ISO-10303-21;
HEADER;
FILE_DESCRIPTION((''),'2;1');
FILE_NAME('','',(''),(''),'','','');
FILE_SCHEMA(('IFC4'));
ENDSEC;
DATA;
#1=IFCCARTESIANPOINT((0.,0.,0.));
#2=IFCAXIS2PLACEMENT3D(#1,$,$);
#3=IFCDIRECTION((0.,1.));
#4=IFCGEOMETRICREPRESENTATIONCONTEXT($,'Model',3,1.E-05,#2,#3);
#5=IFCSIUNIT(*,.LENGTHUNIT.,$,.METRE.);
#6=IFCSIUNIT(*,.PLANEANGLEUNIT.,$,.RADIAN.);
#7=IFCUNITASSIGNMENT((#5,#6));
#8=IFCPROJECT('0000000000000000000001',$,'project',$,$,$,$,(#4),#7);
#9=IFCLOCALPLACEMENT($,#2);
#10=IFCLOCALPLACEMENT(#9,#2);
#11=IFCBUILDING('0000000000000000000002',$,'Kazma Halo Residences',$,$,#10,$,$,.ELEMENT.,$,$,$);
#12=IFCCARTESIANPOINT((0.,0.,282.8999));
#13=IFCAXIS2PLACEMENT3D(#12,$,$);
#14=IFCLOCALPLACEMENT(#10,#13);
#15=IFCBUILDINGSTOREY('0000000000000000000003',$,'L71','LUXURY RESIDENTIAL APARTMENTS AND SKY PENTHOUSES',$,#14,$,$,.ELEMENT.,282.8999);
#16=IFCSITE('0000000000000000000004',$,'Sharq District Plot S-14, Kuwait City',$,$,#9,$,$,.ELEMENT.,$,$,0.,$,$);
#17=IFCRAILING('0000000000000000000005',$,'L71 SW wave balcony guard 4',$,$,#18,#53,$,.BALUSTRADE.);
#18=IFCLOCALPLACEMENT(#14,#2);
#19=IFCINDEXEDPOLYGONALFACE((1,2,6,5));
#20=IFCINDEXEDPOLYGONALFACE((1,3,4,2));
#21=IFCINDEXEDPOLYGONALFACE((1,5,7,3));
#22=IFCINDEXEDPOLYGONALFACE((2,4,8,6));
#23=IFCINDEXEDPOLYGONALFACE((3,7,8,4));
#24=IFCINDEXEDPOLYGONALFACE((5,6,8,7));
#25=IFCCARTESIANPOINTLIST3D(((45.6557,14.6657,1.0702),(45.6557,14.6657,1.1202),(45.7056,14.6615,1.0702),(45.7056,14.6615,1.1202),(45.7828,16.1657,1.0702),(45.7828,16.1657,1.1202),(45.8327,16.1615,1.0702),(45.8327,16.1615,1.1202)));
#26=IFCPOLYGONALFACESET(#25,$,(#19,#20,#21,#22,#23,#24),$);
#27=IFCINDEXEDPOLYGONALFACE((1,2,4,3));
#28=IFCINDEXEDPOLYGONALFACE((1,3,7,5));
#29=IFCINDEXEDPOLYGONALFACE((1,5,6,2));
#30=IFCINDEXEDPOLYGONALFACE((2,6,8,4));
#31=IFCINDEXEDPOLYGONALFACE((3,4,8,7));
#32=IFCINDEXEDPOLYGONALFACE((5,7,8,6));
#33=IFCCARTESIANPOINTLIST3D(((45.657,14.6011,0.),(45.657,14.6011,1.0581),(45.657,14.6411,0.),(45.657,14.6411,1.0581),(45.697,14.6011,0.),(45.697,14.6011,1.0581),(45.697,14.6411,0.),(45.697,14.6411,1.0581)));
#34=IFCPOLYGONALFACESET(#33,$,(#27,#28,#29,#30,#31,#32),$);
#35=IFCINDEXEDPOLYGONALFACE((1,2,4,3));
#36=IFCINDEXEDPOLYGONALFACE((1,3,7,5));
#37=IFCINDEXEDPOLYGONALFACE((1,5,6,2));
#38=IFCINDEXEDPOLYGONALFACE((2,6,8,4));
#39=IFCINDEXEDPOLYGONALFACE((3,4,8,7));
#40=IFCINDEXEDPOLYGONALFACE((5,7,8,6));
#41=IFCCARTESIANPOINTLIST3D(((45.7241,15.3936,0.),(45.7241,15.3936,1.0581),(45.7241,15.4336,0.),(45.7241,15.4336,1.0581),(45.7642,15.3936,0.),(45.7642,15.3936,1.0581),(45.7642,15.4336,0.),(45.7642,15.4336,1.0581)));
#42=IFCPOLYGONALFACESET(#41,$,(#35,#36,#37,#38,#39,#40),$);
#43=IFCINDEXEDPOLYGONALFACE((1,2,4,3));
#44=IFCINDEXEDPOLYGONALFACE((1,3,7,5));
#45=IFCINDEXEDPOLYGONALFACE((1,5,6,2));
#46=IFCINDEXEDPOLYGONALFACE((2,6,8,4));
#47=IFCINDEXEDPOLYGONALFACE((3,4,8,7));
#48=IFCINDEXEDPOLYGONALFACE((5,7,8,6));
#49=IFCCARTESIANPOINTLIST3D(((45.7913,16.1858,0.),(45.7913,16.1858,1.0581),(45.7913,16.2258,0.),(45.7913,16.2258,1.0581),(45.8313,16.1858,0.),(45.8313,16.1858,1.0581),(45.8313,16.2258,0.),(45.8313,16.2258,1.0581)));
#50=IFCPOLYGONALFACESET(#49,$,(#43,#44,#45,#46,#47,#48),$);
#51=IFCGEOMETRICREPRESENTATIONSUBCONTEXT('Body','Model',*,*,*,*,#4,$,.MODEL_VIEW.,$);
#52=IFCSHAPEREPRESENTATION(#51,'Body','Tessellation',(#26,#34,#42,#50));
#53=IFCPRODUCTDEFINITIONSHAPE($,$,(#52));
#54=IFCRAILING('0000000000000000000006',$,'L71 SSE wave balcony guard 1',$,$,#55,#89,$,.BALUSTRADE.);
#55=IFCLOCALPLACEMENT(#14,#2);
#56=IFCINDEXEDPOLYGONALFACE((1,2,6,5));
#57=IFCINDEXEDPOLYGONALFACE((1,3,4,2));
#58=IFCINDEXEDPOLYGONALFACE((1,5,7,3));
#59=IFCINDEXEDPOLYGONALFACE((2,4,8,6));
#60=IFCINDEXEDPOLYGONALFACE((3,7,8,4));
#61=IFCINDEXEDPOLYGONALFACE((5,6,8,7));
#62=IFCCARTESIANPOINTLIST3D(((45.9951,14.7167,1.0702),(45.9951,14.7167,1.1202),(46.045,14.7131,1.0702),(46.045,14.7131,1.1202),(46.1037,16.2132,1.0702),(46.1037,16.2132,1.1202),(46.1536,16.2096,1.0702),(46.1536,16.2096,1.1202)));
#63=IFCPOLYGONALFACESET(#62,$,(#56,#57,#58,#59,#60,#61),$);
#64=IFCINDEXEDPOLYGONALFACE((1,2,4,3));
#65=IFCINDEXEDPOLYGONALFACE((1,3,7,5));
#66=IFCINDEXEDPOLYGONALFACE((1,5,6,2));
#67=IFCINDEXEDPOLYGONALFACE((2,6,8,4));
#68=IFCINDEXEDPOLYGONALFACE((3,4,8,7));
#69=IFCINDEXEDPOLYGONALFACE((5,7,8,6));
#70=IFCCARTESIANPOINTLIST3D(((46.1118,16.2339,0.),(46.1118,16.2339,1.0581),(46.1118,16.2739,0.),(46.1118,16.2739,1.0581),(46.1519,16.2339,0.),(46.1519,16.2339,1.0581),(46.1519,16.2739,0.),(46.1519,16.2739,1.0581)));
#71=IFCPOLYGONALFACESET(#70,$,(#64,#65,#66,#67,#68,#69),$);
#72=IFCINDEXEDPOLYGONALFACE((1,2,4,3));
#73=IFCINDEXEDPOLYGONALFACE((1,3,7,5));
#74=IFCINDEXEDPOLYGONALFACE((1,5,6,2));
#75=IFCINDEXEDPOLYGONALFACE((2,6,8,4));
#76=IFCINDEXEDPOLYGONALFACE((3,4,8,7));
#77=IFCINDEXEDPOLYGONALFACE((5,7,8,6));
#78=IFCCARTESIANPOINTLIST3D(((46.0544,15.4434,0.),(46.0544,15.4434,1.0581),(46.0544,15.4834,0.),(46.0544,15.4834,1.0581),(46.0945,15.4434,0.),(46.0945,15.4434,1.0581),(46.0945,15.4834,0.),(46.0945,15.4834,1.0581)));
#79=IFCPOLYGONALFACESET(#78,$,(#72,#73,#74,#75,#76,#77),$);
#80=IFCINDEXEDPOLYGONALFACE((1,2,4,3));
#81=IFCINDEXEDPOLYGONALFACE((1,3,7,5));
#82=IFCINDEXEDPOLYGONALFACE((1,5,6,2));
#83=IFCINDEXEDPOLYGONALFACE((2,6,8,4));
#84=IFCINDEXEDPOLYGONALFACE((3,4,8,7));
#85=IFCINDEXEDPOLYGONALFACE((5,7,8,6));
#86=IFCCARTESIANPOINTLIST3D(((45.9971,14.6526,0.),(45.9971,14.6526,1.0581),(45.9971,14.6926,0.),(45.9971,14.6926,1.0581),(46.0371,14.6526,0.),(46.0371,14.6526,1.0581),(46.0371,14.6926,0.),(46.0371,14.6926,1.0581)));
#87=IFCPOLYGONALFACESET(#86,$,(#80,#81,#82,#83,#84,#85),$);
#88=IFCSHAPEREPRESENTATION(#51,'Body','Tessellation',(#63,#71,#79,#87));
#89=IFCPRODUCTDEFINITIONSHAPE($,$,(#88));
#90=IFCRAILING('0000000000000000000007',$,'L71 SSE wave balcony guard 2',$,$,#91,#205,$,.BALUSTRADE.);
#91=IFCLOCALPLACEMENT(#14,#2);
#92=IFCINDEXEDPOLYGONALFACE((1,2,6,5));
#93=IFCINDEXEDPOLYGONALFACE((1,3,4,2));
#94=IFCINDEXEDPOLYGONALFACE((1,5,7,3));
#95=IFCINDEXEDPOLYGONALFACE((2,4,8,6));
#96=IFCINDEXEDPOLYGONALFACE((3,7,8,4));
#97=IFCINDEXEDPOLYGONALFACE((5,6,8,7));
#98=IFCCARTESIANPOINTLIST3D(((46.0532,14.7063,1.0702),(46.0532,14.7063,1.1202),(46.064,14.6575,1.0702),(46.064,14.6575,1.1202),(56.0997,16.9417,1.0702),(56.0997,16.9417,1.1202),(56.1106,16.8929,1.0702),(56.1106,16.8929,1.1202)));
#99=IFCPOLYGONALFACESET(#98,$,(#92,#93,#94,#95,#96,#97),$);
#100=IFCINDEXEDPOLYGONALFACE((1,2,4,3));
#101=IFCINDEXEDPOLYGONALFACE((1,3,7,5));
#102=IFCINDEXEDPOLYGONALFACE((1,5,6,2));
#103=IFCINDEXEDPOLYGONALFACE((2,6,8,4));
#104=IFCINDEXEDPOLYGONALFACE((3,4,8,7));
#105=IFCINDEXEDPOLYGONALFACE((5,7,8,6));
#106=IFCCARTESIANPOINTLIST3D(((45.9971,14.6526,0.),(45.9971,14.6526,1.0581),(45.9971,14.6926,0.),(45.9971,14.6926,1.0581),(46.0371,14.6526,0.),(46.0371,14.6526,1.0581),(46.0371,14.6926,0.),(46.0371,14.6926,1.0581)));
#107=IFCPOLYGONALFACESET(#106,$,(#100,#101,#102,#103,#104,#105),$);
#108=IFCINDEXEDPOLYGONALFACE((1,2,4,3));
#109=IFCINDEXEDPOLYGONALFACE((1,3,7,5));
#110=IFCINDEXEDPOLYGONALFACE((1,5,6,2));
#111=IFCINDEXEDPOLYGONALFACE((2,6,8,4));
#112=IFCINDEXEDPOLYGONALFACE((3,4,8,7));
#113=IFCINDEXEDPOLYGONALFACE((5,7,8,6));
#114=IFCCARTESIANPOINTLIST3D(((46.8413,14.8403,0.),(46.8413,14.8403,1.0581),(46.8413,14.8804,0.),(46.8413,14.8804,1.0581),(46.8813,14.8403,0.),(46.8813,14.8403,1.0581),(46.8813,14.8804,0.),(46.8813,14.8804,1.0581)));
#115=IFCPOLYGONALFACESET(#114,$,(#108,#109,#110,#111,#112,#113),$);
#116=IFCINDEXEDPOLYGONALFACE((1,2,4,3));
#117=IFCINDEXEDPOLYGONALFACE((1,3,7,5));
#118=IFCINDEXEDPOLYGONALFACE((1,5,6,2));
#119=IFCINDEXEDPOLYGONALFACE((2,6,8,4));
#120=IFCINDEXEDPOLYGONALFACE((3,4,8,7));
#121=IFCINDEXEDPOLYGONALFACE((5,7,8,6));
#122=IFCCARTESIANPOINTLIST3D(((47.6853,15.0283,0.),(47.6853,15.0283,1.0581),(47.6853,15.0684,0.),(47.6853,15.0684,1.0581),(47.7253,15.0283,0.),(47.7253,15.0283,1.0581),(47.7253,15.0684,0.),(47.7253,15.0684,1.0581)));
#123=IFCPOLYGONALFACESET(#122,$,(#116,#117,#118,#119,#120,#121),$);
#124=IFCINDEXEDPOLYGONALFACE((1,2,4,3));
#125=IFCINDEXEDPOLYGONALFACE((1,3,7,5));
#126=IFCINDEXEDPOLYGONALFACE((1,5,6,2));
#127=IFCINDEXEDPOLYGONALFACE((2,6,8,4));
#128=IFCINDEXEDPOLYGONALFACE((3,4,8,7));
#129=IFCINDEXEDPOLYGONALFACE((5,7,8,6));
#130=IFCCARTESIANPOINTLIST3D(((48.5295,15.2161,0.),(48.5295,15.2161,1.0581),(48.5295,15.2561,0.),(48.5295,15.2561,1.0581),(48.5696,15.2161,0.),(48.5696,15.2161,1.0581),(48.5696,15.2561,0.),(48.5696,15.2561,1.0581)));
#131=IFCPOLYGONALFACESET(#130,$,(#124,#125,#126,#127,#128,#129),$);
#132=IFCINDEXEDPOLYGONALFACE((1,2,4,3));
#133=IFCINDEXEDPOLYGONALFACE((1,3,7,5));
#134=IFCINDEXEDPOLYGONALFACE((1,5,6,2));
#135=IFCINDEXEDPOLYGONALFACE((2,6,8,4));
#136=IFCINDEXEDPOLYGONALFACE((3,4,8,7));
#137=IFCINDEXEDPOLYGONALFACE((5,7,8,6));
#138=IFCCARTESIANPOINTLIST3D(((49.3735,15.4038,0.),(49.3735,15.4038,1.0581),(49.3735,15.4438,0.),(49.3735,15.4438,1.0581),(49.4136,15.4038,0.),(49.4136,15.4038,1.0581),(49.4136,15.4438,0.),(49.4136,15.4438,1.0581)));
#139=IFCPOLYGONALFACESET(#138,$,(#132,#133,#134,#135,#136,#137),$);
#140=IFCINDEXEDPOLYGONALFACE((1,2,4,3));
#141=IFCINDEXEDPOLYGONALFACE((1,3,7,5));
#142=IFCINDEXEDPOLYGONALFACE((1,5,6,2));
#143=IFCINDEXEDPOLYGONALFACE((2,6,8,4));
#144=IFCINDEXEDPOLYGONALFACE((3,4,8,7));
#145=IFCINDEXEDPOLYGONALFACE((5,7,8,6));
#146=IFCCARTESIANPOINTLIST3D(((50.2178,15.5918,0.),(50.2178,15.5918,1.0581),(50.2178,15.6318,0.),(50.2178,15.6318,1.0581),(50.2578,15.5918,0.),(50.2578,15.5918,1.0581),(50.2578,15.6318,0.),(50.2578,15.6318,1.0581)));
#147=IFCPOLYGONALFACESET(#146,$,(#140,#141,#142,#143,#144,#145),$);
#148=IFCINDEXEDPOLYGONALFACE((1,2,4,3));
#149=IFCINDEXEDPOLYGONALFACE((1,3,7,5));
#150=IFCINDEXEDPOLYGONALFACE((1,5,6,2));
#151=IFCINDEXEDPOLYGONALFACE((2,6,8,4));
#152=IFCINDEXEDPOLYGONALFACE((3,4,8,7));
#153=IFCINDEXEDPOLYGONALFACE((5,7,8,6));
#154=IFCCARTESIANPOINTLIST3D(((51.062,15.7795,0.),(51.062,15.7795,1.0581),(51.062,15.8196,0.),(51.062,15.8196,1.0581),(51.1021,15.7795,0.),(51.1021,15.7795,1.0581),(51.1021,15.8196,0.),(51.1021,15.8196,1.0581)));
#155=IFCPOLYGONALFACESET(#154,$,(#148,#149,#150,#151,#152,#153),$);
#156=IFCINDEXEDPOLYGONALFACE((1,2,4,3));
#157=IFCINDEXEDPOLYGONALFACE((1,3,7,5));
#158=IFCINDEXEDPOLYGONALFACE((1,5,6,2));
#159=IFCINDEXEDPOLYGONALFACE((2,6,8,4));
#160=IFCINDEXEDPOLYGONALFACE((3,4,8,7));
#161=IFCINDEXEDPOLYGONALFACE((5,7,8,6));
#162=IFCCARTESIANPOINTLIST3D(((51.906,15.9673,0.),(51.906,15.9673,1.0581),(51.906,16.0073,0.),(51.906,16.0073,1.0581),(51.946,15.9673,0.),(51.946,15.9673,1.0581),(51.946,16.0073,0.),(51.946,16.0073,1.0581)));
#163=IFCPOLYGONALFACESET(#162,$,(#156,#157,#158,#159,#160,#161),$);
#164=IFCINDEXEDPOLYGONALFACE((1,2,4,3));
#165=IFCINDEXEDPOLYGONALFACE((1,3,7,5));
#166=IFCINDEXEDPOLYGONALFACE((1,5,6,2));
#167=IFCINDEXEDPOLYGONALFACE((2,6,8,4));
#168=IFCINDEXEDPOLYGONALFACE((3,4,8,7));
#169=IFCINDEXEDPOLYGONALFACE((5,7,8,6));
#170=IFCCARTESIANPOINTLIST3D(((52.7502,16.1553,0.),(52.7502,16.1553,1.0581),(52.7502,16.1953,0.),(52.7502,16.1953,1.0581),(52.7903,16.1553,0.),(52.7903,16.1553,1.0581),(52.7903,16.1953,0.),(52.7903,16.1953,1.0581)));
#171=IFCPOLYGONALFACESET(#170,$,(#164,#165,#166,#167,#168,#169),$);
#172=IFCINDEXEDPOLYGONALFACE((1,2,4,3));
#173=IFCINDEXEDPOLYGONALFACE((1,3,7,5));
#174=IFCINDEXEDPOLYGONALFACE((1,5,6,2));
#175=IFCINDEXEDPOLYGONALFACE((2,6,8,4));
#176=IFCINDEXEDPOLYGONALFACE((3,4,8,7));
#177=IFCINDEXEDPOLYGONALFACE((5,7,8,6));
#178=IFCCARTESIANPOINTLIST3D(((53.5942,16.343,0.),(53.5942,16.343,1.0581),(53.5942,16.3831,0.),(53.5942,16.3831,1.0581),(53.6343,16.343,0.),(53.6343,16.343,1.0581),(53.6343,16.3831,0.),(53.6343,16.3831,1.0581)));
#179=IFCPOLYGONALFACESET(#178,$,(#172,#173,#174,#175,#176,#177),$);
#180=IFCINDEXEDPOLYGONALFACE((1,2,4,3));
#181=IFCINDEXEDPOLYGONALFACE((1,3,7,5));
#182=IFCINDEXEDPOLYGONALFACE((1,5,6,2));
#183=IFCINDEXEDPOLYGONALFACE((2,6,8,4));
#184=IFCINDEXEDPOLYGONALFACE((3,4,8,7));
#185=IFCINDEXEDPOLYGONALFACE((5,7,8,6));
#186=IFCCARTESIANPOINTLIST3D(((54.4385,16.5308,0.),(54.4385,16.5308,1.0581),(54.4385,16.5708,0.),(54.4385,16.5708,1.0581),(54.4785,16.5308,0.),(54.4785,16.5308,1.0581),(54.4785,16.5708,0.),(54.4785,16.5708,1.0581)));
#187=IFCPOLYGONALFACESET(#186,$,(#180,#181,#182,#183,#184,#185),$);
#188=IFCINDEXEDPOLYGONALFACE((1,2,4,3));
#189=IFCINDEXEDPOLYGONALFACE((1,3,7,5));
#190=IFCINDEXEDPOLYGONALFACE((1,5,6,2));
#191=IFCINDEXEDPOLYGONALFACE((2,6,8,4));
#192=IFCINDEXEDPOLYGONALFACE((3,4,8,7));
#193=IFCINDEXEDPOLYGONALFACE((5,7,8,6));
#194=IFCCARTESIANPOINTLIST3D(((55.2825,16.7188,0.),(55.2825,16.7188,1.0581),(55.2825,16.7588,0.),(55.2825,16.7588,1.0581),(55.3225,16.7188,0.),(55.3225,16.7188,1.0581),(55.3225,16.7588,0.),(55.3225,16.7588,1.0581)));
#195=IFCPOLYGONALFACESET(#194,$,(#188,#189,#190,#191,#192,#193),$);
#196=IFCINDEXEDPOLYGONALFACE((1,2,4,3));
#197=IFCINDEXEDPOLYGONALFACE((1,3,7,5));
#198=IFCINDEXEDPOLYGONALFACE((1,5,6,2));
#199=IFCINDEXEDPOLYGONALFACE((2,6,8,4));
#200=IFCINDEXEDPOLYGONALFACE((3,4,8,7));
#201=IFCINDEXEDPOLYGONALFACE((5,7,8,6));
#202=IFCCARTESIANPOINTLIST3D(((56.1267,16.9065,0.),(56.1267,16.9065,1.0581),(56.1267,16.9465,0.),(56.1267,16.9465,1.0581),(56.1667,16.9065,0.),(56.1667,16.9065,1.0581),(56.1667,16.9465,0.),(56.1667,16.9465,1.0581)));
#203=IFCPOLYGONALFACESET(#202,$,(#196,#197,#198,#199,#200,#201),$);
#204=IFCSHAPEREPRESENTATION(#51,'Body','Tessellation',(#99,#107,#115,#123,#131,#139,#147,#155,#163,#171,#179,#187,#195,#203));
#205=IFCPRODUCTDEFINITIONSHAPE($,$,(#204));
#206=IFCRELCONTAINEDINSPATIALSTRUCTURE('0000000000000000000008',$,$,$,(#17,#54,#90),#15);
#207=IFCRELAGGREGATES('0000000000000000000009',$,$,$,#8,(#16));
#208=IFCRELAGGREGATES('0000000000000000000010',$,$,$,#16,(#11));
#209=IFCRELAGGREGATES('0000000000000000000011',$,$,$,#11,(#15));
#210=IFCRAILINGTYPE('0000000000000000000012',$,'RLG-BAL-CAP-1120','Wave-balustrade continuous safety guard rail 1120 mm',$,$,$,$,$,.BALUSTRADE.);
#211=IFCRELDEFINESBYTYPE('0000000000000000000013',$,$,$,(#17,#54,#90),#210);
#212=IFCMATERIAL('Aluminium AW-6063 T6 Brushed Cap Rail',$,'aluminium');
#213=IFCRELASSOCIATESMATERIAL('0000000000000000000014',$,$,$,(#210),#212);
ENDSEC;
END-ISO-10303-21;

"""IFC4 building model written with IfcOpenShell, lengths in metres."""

from ifc_helpers import new_model, si_unit, direction, frame, origin, origin_2d, place, context, subcontext, project, spatial, rectangle, extrude, material, type_object, element, save


model = new_model("IFC4")

# Units and contexts
model_context = context("Model", 3, precision=1e-05, world=origin(), true_north=direction((0.0, 1.0)))
body_context = subcontext(model_context, "Body", "Model", "MODEL_VIEW")
ifc_project = project(units=[si_unit("LENGTHUNIT", "METRE"), si_unit("PLANEANGLEUNIT", "RADIAN")], contexts=[model_context])

# Site, building, storey
site_placement = place(None, origin())
site = spatial("IfcSite", under=ifc_project, at=site_placement, Name="Sharq District Plot S-14, Kuwait City", CompositionType="ELEMENT", RefElevation=0.0)
building_placement = place(site_placement, origin())
building = spatial("IfcBuilding", under=site, at=building_placement, Name="Kazma Halo Residences", CompositionType="ELEMENT")
storey_placement = place(building_placement, frame((0.0, 0.0, 282.8999)))
storey = spatial("IfcBuildingStorey", under=building, at=storey_placement, Name="L71", Description="LUXURY RESIDENTIAL APARTMENTS AND SKY PENTHOUSES", CompositionType="ELEMENT", Elevation=282.8999)

# Railings
ifc_material_1 = material(Name="Aluminium AW-6063 T6 Brushed Cap Rail", Category="aluminium")
railing_type = type_object("IfcRailingType", Name="RLG-BAL-CAP-1120", Description="Wave-balustrade continuous safety guard rail 1120 mm", PredefinedType="BALUSTRADE", material=ifc_material_1)
railing_1_placement = place(storey_placement, frame((45.677, 14.6211, 0.0)))
element("IfcRailing", 1, at=railing_1_placement, inside=storey, type_object=railing_type, Name="L71 SW wave balcony guard 4", PredefinedType="BALUSTRADE", context=body_context, shape_type="SweptSolid", body=[
    extrude(rectangle(XDim=0.05, YDim=0.05, at=origin_2d()), frame((0.0037, 0.0425, 1.0952), z_axis=(0.08443, 0.996429, 0.0), x_axis=(-0.996429, 0.08443, 0.0)), (0.0, 0.0, 1.0), 1.5054),
    extrude(rectangle(XDim=0.04, YDim=0.04, at=origin_2d()), origin(), (0.0, 0.0, 1.0), 1.0581),
    extrude(rectangle(XDim=0.04, YDim=0.04, at=origin_2d()), frame((0.0671, 0.7925, 0.0)), (0.0, 0.0, 1.0), 1.0581),
    extrude(rectangle(XDim=0.04, YDim=0.04, at=origin_2d()), frame((0.1343, 1.5847, 0.0)), (0.0, 0.0, 1.0), 1.0581),
])
railing_2_placement = place(storey_placement, frame((46.1318, 16.2539, 0.0)))
element("IfcRailing", 2, at=railing_2_placement, inside=storey, type_object=railing_type, Name="L71 SSE wave balcony guard 1", PredefinedType="BALUSTRADE", context=body_context, shape_type="SweptSolid", body=[
    extrude(rectangle(XDim=0.05, YDim=0.05, at=origin_2d()), frame((-0.0032, -0.0425, 1.0952), z_axis=(-0.072374, -0.997378, 0.0), x_axis=(0.997378, -0.072374, 0.0)), (0.0, 0.0, 1.0), 1.5005),
    extrude(rectangle(XDim=0.04, YDim=0.04, at=origin_2d()), origin(), (0.0, 0.0, 1.0), 1.0581),
    extrude(rectangle(XDim=0.04, YDim=0.04, at=origin_2d()), frame((-0.0574, -0.7905, 0.0)), (0.0, 0.0, 1.0), 1.0581),
    extrude(rectangle(XDim=0.04, YDim=0.04, at=origin_2d()), frame((-0.1147, -1.5813, 0.0)), (0.0, 0.0, 1.0), 1.0581),
])
railing_3_placement = place(storey_placement, frame((46.0171, 14.6726, 0.0)))
element("IfcRailing", 3, at=railing_3_placement, inside=storey, type_object=railing_type, Name="L71 SSE wave balcony guard 2", PredefinedType="BALUSTRADE", context=body_context, shape_type="SweptSolid", body=[
    extrude(rectangle(XDim=0.05, YDim=0.05, at=origin_2d()), frame((0.0415, 0.0093, 1.0952), z_axis=(0.976128, 0.217194, 0.0), x_axis=(-0.217194, 0.976128, 0.0)), (0.0, 0.0, 1.0), 10.2922),
    extrude(rectangle(XDim=0.04, YDim=0.04, at=origin_2d()), origin(), (0.0, 0.0, 1.0), 1.0581),
    extrude(rectangle(XDim=0.04, YDim=0.04, at=origin_2d()), frame((0.8442, 0.1877, 0.0)), (0.0, 0.0, 1.0), 1.0581),
    extrude(rectangle(XDim=0.04, YDim=0.04, at=origin_2d()), frame((1.6882, 0.3757, 0.0)), (0.0, 0.0, 1.0), 1.0581),
    extrude(rectangle(XDim=0.04, YDim=0.04, at=origin_2d()), frame((2.5325, 0.5635, 0.0)), (0.0, 0.0, 1.0), 1.0581),
    extrude(rectangle(XDim=0.04, YDim=0.04, at=origin_2d()), frame((3.3765, 0.7512, 0.0)), (0.0, 0.0, 1.0), 1.0581),
    extrude(rectangle(XDim=0.04, YDim=0.04, at=origin_2d()), frame((4.2207, 0.9392, 0.0)), (0.0, 0.0, 1.0), 1.0581),
    extrude(rectangle(XDim=0.04, YDim=0.04, at=origin_2d()), frame((5.0649, 1.127, 0.0)), (0.0, 0.0, 1.0), 1.0581),
    extrude(rectangle(XDim=0.04, YDim=0.04, at=origin_2d()), frame((5.9089, 1.3147, 0.0)), (0.0, 0.0, 1.0), 1.0581),
    extrude(rectangle(XDim=0.04, YDim=0.04, at=origin_2d()), frame((6.7532, 1.5027, 0.0)), (0.0, 0.0, 1.0), 1.0581),
    extrude(rectangle(XDim=0.04, YDim=0.04, at=origin_2d()), frame((7.5972, 1.6904, 0.0)), (0.0, 0.0, 1.0), 1.0581),
    extrude(rectangle(XDim=0.04, YDim=0.04, at=origin_2d()), frame((8.4414, 1.8782, 0.0)), (0.0, 0.0, 1.0), 1.0581),
    extrude(rectangle(XDim=0.04, YDim=0.04, at=origin_2d()), frame((9.2854, 2.0662, 0.0)), (0.0, 0.0, 1.0), 1.0581),
    extrude(rectangle(XDim=0.04, YDim=0.04, at=origin_2d()), frame((10.1296, 2.2539, 0.0)), (0.0, 0.0, 1.0), 1.0581),
])

save(model, "model.ifc")
